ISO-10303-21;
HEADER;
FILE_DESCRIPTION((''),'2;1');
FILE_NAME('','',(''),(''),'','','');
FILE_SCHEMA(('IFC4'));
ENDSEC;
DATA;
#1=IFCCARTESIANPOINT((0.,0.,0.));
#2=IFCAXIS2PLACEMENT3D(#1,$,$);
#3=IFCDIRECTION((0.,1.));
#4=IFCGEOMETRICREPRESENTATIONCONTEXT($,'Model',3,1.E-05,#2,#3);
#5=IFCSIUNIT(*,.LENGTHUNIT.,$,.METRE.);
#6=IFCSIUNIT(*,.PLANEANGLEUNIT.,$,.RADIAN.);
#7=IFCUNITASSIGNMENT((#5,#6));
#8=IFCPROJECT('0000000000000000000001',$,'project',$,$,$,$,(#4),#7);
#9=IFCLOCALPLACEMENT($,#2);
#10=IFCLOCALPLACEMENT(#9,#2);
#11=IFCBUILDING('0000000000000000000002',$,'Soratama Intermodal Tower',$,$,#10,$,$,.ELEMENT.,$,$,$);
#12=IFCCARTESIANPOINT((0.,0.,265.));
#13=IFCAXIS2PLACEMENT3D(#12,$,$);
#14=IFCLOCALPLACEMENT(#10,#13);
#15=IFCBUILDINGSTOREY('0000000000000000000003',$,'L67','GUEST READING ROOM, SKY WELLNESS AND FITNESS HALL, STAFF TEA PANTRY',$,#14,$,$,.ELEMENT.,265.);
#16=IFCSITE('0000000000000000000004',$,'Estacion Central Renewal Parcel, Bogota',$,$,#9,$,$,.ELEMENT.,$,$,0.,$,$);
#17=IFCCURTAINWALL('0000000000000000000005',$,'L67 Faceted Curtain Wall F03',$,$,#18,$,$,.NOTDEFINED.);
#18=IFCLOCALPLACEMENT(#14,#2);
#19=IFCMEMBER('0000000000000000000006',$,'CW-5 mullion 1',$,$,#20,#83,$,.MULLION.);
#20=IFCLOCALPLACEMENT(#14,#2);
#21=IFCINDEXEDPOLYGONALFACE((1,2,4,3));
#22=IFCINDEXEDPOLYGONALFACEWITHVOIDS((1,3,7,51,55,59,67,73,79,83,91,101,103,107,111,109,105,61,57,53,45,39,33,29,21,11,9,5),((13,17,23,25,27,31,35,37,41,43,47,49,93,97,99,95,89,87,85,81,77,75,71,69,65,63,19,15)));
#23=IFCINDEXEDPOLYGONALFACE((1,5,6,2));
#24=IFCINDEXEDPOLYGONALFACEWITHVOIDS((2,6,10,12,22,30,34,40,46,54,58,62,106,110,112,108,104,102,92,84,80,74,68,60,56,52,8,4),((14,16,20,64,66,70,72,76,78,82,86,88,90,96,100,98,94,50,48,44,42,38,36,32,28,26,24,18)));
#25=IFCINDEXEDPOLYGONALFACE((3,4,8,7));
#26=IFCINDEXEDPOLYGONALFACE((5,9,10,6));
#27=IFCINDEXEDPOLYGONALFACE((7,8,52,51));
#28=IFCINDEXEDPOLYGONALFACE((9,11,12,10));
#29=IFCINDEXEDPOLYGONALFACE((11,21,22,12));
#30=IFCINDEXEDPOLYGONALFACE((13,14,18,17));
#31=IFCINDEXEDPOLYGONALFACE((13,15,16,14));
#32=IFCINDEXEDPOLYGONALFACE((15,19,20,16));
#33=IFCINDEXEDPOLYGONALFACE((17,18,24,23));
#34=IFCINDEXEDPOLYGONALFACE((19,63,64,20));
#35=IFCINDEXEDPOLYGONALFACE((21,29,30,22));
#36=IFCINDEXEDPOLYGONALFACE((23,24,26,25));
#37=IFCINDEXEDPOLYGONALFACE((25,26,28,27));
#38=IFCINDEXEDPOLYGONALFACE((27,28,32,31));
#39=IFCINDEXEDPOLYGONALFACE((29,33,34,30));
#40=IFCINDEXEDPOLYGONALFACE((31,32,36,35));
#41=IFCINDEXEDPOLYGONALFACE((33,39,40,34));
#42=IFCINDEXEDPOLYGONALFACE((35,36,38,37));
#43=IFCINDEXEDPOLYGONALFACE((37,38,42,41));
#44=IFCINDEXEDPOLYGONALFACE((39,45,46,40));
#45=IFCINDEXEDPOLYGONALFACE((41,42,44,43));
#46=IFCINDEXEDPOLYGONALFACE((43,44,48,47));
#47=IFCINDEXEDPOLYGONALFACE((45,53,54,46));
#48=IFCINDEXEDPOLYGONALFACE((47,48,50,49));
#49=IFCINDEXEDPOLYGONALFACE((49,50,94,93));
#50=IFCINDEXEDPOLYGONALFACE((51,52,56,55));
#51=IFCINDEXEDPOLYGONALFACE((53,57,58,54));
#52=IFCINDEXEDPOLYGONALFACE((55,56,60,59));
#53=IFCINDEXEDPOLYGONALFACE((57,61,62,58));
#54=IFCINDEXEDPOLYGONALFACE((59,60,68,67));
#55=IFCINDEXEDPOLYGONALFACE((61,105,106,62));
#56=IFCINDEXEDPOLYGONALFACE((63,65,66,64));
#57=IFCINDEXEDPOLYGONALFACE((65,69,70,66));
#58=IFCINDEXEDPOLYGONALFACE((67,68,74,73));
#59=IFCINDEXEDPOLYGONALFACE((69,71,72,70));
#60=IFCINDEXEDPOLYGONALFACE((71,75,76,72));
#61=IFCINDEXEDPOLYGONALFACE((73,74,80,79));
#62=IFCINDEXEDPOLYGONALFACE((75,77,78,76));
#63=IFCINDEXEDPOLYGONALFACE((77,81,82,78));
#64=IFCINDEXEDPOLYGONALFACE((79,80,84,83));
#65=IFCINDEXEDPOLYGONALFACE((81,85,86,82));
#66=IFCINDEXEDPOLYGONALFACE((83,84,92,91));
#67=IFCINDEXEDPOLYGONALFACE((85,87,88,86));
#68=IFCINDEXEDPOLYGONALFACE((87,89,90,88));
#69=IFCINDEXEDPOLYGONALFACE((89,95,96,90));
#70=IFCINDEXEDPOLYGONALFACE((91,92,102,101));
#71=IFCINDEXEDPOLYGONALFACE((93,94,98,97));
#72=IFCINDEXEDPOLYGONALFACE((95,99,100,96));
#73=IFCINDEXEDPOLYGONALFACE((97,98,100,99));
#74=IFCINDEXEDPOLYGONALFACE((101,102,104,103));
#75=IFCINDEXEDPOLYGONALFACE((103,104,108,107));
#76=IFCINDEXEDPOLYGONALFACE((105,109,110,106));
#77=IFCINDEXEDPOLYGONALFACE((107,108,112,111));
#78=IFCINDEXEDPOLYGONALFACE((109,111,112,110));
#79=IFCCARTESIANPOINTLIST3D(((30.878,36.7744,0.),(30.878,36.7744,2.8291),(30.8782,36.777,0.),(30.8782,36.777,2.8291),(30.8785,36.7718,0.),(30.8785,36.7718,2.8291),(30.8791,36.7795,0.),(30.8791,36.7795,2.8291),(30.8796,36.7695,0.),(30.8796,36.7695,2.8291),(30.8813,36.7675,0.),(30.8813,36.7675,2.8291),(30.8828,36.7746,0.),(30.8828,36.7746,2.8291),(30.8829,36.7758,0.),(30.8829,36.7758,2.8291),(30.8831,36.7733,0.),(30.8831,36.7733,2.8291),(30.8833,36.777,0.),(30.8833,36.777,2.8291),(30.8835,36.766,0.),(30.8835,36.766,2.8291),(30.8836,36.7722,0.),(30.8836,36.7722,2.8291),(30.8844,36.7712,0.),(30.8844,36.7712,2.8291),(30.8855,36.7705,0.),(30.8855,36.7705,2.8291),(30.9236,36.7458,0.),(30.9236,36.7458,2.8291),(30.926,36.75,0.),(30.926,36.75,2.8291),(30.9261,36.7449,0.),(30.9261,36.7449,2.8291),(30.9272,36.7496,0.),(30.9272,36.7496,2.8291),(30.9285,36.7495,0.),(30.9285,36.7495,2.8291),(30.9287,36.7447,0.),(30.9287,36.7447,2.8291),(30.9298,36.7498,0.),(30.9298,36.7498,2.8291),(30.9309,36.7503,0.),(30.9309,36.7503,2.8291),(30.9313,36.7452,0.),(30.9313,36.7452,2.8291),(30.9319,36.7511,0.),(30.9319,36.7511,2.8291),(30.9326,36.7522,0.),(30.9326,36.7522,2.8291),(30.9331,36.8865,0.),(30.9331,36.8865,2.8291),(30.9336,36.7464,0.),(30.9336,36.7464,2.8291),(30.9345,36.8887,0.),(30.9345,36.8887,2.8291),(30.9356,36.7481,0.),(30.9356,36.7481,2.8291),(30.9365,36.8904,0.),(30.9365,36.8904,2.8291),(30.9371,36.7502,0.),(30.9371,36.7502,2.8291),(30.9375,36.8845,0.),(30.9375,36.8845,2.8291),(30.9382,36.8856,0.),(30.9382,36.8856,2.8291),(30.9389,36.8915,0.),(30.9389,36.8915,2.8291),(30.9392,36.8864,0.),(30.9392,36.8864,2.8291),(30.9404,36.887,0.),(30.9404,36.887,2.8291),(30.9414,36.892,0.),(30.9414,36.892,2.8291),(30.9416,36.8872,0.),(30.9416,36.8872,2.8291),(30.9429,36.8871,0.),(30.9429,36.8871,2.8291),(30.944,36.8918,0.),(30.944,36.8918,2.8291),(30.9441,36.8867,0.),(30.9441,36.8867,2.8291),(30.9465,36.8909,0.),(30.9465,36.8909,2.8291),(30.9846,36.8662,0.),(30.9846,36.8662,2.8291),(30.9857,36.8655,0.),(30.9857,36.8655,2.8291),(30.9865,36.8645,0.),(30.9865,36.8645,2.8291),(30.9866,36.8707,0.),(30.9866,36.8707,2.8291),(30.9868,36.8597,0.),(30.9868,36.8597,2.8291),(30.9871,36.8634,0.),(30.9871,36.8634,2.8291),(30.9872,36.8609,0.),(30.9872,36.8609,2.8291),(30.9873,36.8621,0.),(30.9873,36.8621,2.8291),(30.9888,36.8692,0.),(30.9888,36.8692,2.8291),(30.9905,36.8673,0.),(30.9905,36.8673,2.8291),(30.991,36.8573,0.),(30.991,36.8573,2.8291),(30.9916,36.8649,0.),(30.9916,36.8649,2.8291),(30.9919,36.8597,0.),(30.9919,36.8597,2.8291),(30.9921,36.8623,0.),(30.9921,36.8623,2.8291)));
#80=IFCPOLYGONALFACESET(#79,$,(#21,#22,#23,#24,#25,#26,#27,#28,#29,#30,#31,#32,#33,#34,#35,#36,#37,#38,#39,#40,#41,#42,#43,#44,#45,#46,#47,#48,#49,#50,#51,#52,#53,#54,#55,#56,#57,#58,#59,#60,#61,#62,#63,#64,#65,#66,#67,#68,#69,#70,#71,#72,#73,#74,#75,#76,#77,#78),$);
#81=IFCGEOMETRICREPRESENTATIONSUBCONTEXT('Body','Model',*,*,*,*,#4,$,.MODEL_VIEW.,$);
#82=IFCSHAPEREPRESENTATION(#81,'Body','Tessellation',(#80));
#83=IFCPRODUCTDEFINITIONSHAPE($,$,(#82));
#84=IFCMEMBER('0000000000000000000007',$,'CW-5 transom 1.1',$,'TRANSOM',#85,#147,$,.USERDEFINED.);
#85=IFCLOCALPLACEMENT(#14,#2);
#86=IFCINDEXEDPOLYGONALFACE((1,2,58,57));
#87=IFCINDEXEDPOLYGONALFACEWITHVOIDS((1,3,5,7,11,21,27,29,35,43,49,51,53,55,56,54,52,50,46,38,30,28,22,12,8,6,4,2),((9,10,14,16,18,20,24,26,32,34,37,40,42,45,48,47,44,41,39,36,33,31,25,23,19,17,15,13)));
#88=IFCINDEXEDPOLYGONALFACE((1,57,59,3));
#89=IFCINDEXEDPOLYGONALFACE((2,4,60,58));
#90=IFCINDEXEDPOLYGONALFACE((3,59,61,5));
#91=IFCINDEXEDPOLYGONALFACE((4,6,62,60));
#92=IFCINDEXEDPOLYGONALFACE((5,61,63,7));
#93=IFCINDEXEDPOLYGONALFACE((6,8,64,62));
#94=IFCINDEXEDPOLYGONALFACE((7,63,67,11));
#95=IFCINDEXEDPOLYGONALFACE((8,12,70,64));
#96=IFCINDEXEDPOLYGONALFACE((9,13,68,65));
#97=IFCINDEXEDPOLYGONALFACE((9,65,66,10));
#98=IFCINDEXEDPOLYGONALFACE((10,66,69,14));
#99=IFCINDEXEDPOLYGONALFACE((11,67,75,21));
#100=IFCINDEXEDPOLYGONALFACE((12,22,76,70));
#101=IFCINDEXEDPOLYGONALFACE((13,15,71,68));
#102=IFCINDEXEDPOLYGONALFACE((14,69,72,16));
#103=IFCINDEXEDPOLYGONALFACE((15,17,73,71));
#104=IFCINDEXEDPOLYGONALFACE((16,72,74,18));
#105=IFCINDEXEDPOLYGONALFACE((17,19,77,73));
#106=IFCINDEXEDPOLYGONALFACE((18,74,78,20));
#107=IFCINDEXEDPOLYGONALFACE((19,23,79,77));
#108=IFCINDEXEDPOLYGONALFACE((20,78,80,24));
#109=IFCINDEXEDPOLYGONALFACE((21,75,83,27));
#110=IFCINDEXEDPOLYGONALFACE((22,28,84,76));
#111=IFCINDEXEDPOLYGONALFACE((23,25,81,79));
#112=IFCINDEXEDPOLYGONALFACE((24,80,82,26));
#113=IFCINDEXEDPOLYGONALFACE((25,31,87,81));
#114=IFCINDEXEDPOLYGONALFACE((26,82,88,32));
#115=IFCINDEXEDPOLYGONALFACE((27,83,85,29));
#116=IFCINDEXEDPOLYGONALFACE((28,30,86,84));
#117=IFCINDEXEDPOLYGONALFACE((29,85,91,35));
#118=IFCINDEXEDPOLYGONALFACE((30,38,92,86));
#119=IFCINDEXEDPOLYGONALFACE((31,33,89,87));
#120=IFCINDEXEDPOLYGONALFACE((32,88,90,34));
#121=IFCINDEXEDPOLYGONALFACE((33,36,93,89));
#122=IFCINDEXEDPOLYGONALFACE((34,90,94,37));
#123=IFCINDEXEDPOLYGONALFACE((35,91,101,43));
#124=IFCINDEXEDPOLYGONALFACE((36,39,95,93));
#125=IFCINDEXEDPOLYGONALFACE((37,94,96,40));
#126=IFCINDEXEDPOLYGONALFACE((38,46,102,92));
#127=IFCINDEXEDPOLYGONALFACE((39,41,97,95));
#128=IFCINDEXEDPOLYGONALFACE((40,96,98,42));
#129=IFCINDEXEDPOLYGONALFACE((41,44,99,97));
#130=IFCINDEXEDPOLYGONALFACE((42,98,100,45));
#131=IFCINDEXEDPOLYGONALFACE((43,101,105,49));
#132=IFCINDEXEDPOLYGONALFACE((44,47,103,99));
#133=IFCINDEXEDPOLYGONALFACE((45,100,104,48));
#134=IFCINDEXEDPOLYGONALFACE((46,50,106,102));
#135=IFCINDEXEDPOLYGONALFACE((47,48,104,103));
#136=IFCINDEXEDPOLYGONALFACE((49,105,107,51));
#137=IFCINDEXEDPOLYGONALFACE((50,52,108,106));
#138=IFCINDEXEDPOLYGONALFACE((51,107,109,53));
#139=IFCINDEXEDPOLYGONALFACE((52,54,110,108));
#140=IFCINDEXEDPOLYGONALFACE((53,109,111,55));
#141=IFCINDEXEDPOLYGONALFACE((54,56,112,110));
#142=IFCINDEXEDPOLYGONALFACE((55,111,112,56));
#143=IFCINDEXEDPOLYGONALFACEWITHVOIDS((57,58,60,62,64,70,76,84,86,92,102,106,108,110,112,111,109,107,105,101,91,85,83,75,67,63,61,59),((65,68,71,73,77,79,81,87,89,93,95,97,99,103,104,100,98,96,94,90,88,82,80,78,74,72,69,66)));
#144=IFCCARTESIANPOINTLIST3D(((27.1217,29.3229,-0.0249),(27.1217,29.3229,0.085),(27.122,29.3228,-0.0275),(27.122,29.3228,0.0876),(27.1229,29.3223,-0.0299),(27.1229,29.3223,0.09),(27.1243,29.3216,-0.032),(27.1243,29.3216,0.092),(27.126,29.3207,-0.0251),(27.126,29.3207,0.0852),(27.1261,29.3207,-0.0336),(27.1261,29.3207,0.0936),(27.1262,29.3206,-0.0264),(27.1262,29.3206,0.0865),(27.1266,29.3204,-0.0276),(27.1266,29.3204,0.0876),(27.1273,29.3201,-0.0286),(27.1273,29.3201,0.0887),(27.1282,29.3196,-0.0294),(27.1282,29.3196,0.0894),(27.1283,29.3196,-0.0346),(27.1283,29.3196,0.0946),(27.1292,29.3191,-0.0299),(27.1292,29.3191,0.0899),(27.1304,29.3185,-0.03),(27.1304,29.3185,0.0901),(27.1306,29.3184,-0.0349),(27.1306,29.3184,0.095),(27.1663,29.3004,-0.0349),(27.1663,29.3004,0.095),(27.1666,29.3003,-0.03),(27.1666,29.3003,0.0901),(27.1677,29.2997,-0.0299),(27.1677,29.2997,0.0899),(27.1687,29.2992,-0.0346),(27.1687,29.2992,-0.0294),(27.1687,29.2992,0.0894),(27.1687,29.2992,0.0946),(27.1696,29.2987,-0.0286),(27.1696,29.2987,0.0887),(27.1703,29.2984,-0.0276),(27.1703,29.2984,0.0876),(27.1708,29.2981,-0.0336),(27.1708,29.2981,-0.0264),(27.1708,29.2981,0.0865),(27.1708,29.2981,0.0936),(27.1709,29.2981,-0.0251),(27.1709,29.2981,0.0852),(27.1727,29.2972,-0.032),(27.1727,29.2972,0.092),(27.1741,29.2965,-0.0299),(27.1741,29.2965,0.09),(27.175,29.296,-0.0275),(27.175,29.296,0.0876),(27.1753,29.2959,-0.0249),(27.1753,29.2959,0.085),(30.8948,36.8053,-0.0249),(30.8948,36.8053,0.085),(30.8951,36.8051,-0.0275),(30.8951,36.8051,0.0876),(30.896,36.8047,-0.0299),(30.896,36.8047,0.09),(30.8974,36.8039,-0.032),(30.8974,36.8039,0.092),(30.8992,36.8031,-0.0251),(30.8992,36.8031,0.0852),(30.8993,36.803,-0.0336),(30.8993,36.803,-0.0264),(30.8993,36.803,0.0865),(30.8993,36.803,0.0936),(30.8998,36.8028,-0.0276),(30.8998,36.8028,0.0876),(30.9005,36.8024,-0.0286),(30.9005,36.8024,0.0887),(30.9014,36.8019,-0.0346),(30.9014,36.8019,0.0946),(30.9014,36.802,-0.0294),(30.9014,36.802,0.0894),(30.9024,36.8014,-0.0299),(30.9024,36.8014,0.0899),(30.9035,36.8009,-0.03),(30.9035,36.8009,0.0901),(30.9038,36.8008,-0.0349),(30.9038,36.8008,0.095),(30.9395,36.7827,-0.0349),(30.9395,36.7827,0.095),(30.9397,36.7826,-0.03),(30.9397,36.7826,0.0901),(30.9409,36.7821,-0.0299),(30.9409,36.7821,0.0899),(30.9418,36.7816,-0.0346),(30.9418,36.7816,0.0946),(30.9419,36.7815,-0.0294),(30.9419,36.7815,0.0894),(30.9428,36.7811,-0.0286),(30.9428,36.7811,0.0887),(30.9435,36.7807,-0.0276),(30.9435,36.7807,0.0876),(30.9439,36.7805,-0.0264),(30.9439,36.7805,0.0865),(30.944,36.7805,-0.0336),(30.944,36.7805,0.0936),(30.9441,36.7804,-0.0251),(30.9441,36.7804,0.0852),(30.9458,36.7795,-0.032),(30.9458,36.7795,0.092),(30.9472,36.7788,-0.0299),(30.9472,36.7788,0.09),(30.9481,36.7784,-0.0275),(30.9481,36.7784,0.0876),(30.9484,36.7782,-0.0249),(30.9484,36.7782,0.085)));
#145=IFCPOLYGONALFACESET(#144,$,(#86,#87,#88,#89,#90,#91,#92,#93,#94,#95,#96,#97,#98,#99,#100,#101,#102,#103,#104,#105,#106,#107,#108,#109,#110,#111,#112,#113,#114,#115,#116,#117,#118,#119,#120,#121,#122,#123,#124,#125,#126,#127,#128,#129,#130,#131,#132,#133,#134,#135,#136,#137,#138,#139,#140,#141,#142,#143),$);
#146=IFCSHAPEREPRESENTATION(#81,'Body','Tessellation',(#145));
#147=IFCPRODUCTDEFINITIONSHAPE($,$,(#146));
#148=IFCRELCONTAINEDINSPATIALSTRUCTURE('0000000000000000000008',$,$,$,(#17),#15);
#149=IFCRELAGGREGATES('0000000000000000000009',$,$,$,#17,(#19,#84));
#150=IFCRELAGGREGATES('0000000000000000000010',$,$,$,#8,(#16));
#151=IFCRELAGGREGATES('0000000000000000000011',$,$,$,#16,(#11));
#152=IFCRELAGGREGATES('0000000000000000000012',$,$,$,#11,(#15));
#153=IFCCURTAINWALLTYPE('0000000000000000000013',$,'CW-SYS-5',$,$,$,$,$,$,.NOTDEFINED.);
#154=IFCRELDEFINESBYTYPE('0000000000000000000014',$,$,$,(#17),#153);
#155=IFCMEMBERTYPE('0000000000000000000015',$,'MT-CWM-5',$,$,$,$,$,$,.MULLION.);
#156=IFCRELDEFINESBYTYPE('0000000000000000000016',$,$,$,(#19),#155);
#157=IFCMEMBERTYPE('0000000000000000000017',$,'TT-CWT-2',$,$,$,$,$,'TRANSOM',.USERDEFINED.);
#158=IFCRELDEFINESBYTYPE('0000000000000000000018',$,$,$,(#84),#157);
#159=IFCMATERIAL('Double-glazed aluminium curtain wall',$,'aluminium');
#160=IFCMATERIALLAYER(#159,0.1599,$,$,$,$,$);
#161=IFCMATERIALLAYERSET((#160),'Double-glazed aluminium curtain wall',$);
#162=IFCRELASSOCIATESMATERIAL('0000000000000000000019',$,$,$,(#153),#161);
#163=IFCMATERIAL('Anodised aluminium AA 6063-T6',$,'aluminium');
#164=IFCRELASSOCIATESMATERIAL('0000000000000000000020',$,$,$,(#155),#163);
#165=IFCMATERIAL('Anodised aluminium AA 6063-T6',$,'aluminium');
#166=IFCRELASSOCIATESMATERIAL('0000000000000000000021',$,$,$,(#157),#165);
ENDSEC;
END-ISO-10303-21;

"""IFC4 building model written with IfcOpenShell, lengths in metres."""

from ifc_helpers import new_model, si_unit, direction, frame, origin, origin_2d, place, context, subcontext, project, spatial, hollow_rectangle, extrude, material, layer, layer_set, material_profile, profile_set, type_object, element, aggregate, save


model = new_model("IFC4")

# Units and contexts
model_context = context("Model", 3, precision=1e-05, world=origin(), true_north=direction((0.0, 1.0)))
body_context = subcontext(model_context, "Body", "Model", "MODEL_VIEW")
ifc_project = project(units=[si_unit("LENGTHUNIT", "METRE"), si_unit("PLANEANGLEUNIT", "RADIAN")], contexts=[model_context])

# Site, building, storey
site_placement = place(None, origin())
site = spatial("IfcSite", under=ifc_project, at=site_placement, Name="Estacion Central Renewal Parcel, Bogota", CompositionType="ELEMENT", RefElevation=0.0)
building_placement = place(site_placement, origin())
building = spatial("IfcBuilding", under=site, at=building_placement, Name="Soratama Intermodal Tower", CompositionType="ELEMENT")
storey_placement = place(building_placement, frame((0.0, 0.0, 265.0)))
storey = spatial("IfcBuildingStorey", under=building, at=storey_placement, Name="L67", Description="GUEST READING ROOM, SKY WELLNESS AND FITNESS HALL, STAFF TEA PANTRY", CompositionType="ELEMENT", Elevation=265.0)

# Shared definitions
ifc_material_1 = material(Name="Double-glazed aluminium curtain wall", Category="aluminium")
ifc_layer_1 = layer(ifc_material_1, 0.1599)
ifc_layer_set_1 = layer_set([ifc_layer_1], Name="Double-glazed aluminium curtain wall")
curtain_wall_type = type_object("IfcCurtainWallType", Name="CW-SYS-5", PredefinedType="NOTDEFINED", material=ifc_layer_set_1)
ifc_material_2 = material(Name="Anodised aluminium AA 6063-T6", Category="aluminium")
ifc_material_profile_1 = material_profile(ifc_material_2, hollow_rectangle(XDim=0.0649, YDim=0.1399, WallThickness=0.0049, InnerFilletRadius=0.0049, OuterFilletRadius=0.01, at=origin_2d()), Name="CWM140X65X5")
ifc_profile_set_1 = profile_set([ifc_material_profile_1], Name="Anodised aluminium AA 6063-T6")
member_type_1 = type_object("IfcMemberType", Name="MT-CWM-5", PredefinedType="MULLION", material=ifc_profile_set_1)

# Curtain wall, members
curtain_wall_1_placement = place(storey_placement, origin())
curtain_wall_1 = element("IfcCurtainWall", 1, at=curtain_wall_1_placement, inside=storey, type_object=curtain_wall_type, Name="L67 Faceted Curtain Wall F03", PredefinedType="NOTDEFINED")
member_1_placement = place(storey_placement, frame((30.9351, 36.8184, 0.0), z_axis=(0.0, 0.0, 1.0), x_axis=(0.8929, -0.450256, 0.0)))
member_1 = element("IfcMember", 2, at=member_1_placement, type_object=member_type_1, Name="CW-5 mullion 1", PredefinedType="MULLION", context=body_context, shape_type="SweptSolid", body=[
    extrude(hollow_rectangle(XDim=0.0649, YDim=0.1399, WallThickness=0.0049, InnerFilletRadius=0.0049, OuterFilletRadius=0.01, at=origin_2d()), origin(), (0.0, 0.0, 1.0), 2.8291),
])
ifc_material_3 = material(Name="Anodised aluminium AA 6063-T6", Category="aluminium")
ifc_material_profile_2 = material_profile(ifc_material_3, hollow_rectangle(XDim=0.0601, YDim=0.1299, WallThickness=0.0049, InnerFilletRadius=0.0049, OuterFilletRadius=0.01, at=origin_2d()), Name="CWT130X60X5")
ifc_profile_set_2 = profile_set([ifc_material_profile_2], Name="Anodised aluminium AA 6063-T6")
member_type_2 = type_object("IfcMemberType", Name="TT-CWT-2", ElementType="TRANSOM", PredefinedType="USERDEFINED", material=ifc_profile_set_2)
member_2_placement = place(storey_placement, frame((30.9216, 36.7917, 0.03), z_axis=(-0.450264, -0.892895, 0.0), x_axis=(0.892895, -0.450264, 0.0)))
member_2 = element("IfcMember", 3, at=member_2_placement, type_object=member_type_2, Name="CW-5 transom 1.1", ObjectType="TRANSOM", PredefinedType="USERDEFINED", context=body_context, shape_type="SweptSolid", body=[
    extrude(hollow_rectangle(XDim=0.0601, YDim=0.1299, WallThickness=0.0049, InnerFilletRadius=0.0049, OuterFilletRadius=0.01, at=origin_2d()), origin(), (0.0, 0.0, 1.0), 8.3799),
])
aggregate(curtain_wall_1, [member_1, member_2])

save(model, "model.ifc")
